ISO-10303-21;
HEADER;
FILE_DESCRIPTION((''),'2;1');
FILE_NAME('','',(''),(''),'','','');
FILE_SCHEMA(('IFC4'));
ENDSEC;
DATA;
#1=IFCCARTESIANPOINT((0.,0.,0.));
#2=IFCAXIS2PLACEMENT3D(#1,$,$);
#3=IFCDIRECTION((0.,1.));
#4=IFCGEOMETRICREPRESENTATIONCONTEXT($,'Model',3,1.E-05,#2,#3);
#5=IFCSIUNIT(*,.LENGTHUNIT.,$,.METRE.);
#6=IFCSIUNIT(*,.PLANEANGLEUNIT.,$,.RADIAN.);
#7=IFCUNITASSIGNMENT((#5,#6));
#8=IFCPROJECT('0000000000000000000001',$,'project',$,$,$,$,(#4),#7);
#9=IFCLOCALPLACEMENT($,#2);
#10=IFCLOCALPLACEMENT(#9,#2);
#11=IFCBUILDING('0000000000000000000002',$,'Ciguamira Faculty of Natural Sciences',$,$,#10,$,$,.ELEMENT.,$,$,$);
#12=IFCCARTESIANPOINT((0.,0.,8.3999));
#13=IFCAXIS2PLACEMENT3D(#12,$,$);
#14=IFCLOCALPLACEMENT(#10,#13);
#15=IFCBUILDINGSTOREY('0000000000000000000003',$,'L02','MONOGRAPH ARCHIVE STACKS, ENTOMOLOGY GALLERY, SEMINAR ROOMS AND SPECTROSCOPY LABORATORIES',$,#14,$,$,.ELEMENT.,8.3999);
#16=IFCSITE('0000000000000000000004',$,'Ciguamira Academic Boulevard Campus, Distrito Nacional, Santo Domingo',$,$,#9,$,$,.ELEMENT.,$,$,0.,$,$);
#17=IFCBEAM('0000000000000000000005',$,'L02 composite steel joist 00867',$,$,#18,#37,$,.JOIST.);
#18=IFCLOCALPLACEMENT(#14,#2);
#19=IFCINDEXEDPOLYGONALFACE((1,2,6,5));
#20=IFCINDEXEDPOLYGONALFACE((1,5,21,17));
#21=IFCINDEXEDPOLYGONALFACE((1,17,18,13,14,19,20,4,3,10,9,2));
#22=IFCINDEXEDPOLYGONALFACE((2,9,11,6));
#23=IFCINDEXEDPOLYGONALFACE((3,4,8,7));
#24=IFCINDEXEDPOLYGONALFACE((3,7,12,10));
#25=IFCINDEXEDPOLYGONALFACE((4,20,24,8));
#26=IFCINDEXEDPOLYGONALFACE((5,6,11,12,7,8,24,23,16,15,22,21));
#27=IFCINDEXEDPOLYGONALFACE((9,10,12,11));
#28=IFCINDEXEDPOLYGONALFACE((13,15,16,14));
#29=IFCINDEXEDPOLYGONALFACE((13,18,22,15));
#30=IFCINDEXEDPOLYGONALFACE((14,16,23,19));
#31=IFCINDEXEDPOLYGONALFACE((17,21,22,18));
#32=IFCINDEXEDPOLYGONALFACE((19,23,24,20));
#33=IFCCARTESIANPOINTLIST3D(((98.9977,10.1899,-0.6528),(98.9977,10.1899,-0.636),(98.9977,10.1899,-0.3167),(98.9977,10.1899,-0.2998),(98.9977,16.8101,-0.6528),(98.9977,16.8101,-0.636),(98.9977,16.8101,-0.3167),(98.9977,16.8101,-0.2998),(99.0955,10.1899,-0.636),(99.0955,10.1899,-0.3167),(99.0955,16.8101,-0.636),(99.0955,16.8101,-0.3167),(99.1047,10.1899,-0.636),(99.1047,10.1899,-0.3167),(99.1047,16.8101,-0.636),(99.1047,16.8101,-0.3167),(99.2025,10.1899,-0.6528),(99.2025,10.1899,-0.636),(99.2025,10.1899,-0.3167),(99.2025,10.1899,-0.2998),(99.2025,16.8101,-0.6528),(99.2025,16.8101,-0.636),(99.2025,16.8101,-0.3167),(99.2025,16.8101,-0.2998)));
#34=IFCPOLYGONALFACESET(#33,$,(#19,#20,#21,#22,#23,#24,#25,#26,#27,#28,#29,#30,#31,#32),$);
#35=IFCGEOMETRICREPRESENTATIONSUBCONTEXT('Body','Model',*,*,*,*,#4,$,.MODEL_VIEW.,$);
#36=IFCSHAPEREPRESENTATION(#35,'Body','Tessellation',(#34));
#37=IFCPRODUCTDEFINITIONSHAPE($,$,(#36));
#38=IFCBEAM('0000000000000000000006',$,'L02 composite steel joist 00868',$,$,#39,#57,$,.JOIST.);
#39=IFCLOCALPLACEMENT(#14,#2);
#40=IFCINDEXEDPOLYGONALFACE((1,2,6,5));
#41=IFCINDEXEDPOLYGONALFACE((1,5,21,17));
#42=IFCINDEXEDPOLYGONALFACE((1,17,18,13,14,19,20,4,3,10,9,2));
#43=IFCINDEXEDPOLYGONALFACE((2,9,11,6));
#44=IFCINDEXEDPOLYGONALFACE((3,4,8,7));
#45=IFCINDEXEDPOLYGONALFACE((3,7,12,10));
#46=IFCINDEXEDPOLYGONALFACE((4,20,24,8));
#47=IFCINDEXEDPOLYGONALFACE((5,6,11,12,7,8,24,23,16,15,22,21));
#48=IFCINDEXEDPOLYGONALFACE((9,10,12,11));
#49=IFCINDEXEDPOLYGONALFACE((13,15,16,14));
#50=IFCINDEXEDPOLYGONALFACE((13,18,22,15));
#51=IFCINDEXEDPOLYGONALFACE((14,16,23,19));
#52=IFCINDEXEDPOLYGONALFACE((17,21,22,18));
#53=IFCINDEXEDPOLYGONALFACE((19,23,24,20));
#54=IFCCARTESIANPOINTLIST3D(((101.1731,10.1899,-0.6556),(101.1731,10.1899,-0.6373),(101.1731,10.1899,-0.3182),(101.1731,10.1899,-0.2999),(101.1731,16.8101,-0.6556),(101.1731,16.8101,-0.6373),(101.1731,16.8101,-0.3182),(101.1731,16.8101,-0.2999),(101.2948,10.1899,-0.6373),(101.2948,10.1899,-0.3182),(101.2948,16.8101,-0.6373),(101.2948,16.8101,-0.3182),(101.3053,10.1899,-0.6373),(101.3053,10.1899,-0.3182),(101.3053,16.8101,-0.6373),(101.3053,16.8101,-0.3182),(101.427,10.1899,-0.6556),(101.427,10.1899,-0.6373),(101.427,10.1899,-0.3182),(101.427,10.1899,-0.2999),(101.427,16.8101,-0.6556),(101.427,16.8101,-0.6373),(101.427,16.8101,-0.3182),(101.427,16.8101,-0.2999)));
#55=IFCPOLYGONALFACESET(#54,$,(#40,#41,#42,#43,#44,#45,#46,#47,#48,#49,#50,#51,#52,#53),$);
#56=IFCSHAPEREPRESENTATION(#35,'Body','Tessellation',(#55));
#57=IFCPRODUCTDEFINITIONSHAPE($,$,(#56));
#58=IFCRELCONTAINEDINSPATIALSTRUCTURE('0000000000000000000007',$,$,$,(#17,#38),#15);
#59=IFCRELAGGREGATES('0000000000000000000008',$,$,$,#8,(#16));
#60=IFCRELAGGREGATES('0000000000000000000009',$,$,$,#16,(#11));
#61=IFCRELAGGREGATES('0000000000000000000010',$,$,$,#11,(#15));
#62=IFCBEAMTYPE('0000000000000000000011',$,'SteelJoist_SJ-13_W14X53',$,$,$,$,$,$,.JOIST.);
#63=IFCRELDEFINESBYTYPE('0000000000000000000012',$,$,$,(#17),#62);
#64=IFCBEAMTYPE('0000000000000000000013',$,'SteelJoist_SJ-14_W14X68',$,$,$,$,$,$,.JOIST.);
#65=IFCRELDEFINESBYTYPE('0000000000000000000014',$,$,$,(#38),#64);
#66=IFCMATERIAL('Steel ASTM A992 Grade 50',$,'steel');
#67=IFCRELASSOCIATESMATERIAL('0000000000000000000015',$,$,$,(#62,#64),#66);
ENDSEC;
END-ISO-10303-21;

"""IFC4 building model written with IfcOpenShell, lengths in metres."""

from ifc_helpers import new_model, si_unit, direction, frame, origin, origin_2d, place, context, subcontext, project, spatial, i_section, extrude, material, material_profile, profile_set, type_object, element, save


model = new_model("IFC4")

# Units and contexts
model_context = context("Model", 3, precision=1e-05, world=origin(), true_north=direction((0.0, 1.0)))
body_context = subcontext(model_context, "Body", "Model", "MODEL_VIEW")
ifc_project = project(units=[si_unit("LENGTHUNIT", "METRE"), si_unit("PLANEANGLEUNIT", "RADIAN")], contexts=[model_context])

# Site, building, storey
site_placement = place(None, origin())
site = spatial("IfcSite", under=ifc_project, at=site_placement, Name="Ciguamira Academic Boulevard Campus, Distrito Nacional, Santo Domingo", CompositionType="ELEMENT", RefElevation=0.0)
building_placement = place(site_placement, origin())
building = spatial("IfcBuilding", under=site, at=building_placement, Name="Ciguamira Faculty of Natural Sciences", CompositionType="ELEMENT")
storey_placement = place(building_placement, frame((0.0, 0.0, 8.3999)))
storey = spatial("IfcBuildingStorey", under=building, at=storey_placement, Name="L02", Description="MONOGRAPH ARCHIVE STACKS, ENTOMOLOGY GALLERY, SEMINAR ROOMS AND SPECTROSCOPY LABORATORIES", CompositionType="ELEMENT", Elevation=8.3999)

# Beams
ifc_material_1 = material(Name="Steel ASTM A992 Grade 50", Category="steel")
ifc_material_profile_1 = material_profile(ifc_material_1, i_section(OverallWidth=0.2048, OverallDepth=0.353, WebThickness=0.0093, FlangeThickness=0.0168, at=origin_2d()), Name="W14X53")
ifc_profile_set_1 = profile_set([ifc_material_profile_1], Name="Steel ASTM A992 Grade 50")
beam_type_1 = type_object("IfcBeamType", Name="SteelJoist_SJ-13_W14X53", PredefinedType="JOIST", material=ifc_profile_set_1)
beam_1_placement = place(storey_placement, frame((99.1001, 10.1899, -0.4763), z_axis=(0.0, 1.0, 0.0), x_axis=(-1.0, 0.0, 0.0)))
element("IfcBeam", 1, at=beam_1_placement, inside=storey, type_object=beam_type_1, Name="L02 composite steel joist 00867", PredefinedType="JOIST", context=body_context, shape_type="SweptSolid", body=[
    extrude(i_section(OverallWidth=0.2048, OverallDepth=0.353, WebThickness=0.0093, FlangeThickness=0.0168, at=origin_2d()), origin(), (0.0, 0.0, 1.0), 6.6201),
])
ifc_material_profile_2 = material_profile(ifc_material_1, i_section(OverallWidth=0.2539, OverallDepth=0.3557, WebThickness=0.0105, FlangeThickness=0.0183, at=origin_2d()), Name="W14X68")
ifc_profile_set_2 = profile_set([ifc_material_profile_2], Name="Steel ASTM A992 Grade 50")
beam_type_2 = type_object("IfcBeamType", Name="SteelJoist_SJ-14_W14X68", PredefinedType="JOIST", material=ifc_profile_set_2)
beam_2_placement = place(storey_placement, frame((101.3, 10.1899, -0.4778), z_axis=(0.0, 1.0, 0.0), x_axis=(-1.0, 0.0, 0.0)))
element("IfcBeam", 2, at=beam_2_placement, inside=storey, type_object=beam_type_2, Name="L02 composite steel joist 00868", PredefinedType="JOIST", context=body_context, shape_type="SweptSolid", body=[
    extrude(i_section(OverallWidth=0.2539, OverallDepth=0.3557, WebThickness=0.0105, FlangeThickness=0.0183, at=origin_2d()), origin(), (0.0, 0.0, 1.0), 6.6201),
])

save(model, "model.ifc")
